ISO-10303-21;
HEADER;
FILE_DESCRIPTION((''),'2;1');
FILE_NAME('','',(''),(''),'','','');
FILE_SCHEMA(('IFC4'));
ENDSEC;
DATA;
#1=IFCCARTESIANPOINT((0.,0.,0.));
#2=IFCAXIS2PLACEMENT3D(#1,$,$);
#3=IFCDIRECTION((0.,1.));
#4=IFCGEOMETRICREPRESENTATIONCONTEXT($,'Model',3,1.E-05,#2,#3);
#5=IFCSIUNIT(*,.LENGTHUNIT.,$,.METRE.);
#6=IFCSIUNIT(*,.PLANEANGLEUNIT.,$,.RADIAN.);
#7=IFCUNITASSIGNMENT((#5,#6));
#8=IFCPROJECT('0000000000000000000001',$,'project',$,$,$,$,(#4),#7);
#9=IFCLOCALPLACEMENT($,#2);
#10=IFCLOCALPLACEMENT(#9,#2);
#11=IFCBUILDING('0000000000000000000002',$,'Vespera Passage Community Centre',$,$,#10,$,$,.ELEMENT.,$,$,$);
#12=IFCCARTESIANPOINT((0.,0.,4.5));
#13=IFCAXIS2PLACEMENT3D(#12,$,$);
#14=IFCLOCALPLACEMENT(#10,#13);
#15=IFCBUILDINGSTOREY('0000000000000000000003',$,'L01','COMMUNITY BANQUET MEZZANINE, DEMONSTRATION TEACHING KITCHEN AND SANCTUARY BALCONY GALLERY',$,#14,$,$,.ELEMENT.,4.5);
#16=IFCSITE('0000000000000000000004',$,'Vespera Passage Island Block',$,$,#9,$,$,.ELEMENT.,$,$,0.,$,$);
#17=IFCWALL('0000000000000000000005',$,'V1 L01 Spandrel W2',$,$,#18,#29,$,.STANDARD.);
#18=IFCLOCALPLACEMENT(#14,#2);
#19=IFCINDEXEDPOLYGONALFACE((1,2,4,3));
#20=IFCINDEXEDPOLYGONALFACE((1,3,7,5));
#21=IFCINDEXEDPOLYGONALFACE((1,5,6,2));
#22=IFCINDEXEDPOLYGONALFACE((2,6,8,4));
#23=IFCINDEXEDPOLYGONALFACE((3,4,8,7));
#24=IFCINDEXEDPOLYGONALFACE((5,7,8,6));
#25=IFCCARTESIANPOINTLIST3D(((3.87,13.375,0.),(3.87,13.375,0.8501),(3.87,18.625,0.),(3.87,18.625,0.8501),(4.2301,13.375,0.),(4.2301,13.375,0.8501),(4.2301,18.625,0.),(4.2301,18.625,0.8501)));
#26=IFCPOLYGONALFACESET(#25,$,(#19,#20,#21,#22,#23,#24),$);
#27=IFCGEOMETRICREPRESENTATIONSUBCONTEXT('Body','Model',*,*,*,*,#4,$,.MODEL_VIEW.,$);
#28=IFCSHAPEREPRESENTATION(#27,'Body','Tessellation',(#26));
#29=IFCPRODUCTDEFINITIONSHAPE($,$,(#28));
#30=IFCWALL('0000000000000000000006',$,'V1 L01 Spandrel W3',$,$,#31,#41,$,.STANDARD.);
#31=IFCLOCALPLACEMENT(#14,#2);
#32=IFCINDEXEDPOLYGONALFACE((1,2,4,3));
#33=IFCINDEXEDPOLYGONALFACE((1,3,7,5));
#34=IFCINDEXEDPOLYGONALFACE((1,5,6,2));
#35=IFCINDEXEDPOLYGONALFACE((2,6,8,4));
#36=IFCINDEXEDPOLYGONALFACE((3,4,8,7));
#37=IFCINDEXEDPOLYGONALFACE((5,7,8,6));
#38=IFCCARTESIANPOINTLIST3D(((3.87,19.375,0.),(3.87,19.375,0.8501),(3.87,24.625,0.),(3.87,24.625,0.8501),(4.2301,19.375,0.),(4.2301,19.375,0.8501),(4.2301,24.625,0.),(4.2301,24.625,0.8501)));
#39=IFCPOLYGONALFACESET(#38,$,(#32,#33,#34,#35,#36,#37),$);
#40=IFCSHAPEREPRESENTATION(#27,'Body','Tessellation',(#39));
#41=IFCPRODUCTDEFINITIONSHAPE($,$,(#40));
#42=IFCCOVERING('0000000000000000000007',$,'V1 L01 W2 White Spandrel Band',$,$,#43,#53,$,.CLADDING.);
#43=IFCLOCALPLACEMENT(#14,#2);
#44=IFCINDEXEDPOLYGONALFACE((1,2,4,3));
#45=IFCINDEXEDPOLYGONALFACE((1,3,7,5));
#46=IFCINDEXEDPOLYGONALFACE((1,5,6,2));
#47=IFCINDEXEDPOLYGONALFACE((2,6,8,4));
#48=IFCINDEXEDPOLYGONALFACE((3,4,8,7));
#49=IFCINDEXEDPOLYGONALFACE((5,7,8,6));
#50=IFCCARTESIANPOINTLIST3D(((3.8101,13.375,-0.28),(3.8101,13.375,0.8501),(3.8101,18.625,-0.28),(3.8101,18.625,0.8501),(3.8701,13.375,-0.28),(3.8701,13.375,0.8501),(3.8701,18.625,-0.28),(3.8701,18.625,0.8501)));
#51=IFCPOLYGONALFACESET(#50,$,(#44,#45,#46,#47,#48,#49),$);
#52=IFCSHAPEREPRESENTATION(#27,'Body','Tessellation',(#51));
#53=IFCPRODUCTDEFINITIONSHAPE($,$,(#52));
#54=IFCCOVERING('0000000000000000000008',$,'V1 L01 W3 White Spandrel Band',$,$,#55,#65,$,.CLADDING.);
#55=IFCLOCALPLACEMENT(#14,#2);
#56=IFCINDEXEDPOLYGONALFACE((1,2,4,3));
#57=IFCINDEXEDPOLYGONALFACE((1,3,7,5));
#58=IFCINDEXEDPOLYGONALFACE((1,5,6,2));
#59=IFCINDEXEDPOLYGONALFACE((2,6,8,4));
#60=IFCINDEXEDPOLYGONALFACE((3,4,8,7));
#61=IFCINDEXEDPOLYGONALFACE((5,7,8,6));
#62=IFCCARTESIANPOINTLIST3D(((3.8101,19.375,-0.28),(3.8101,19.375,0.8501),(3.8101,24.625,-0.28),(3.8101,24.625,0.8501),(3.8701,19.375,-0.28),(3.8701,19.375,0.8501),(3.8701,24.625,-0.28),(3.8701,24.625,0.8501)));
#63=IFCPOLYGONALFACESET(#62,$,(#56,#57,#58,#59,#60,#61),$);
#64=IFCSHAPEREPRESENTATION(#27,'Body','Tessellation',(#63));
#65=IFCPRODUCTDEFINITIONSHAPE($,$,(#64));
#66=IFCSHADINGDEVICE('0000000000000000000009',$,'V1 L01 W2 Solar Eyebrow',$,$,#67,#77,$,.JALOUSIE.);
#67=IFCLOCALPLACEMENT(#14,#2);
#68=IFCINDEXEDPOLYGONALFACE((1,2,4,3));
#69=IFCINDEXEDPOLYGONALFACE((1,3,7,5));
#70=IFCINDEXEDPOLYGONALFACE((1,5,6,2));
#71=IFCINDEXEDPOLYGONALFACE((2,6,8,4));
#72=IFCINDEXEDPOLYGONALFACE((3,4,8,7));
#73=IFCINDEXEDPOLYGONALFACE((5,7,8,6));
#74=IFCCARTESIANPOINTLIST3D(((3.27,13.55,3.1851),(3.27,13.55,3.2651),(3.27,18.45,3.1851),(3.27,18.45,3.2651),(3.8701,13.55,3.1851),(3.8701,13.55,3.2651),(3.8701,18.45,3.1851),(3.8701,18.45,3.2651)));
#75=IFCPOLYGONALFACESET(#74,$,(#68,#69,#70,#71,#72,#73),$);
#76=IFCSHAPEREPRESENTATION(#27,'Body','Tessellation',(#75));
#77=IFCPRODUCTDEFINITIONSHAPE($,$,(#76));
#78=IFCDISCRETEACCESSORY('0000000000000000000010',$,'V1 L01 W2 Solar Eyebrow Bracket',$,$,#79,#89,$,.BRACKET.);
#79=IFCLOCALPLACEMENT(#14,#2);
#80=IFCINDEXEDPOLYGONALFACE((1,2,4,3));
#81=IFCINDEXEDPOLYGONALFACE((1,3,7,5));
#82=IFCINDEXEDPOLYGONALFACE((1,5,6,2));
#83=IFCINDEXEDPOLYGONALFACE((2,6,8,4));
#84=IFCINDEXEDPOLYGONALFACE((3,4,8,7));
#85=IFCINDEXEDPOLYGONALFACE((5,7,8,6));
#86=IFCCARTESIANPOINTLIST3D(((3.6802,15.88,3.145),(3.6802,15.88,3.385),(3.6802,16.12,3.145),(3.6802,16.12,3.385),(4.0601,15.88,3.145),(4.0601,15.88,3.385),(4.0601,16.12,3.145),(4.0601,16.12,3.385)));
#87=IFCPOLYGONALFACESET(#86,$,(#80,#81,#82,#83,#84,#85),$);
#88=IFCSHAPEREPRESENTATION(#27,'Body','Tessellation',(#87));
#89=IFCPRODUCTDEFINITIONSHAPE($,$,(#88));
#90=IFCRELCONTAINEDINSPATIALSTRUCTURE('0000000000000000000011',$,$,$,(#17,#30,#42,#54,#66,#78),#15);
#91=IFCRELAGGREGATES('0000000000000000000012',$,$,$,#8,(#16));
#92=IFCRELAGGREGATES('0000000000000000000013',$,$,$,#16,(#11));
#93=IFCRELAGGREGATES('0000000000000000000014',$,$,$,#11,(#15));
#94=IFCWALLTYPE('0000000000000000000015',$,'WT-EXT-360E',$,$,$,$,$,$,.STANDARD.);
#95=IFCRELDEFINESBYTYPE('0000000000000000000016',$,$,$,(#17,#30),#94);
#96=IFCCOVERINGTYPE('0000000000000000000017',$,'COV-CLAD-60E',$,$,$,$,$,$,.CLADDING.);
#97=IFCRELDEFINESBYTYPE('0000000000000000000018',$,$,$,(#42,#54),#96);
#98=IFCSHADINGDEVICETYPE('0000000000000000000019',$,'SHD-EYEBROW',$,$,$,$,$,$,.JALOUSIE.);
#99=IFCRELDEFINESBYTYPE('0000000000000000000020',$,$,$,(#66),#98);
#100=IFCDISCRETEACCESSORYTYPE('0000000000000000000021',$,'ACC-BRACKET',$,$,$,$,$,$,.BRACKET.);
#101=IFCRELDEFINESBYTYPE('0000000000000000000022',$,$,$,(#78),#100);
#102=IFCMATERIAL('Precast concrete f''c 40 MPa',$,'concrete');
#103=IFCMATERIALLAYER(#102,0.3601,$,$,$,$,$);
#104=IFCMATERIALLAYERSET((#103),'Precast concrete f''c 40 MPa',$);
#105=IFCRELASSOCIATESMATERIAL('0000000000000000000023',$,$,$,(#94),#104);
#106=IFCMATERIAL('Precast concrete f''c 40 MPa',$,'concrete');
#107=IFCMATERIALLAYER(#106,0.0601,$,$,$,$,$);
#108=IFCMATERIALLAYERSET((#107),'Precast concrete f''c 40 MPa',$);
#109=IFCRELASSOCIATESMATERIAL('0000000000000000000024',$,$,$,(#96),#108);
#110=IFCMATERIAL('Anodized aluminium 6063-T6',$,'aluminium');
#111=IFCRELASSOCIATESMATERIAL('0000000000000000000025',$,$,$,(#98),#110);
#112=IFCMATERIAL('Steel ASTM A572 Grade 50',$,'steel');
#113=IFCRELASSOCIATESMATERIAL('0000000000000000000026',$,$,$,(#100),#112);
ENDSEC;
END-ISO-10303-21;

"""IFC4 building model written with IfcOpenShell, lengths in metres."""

from ifc_helpers import new_model, si_unit, direction, frame, frame_2d, origin, origin_2d, place, context, subcontext, project, spatial, rectangle, extrude, material, layer, layer_set, type_object, element, save


model = new_model("IFC4")

# Units and contexts
model_context = context("Model", 3, precision=1e-05, world=origin(), true_north=direction((0.0, 1.0)))
body_context = subcontext(model_context, "Body", "Model", "MODEL_VIEW")
ifc_project = project(units=[si_unit("LENGTHUNIT", "METRE"), si_unit("PLANEANGLEUNIT", "RADIAN")], contexts=[model_context])

# Site, building, storey
site_placement = place(None, origin())
site = spatial("IfcSite", under=ifc_project, at=site_placement, Name="Vespera Passage Island Block", CompositionType="ELEMENT", RefElevation=0.0)
building_placement = place(site_placement, origin())
building = spatial("IfcBuilding", under=site, at=building_placement, Name="Vespera Passage Community Centre", CompositionType="ELEMENT")
storey_placement = place(building_placement, frame((0.0, 0.0, 4.5)))
storey = spatial("IfcBuildingStorey", under=building, at=storey_placement, Name="L01", Description="COMMUNITY BANQUET MEZZANINE, DEMONSTRATION TEACHING KITCHEN AND SANCTUARY BALCONY GALLERY", CompositionType="ELEMENT", Elevation=4.5)

# Walls
ifc_material_1 = material(Name="Precast concrete f'c 40 MPa", Category="concrete")
ifc_layer_1 = layer(ifc_material_1, 0.3601)
ifc_layer_set_1 = layer_set([ifc_layer_1], Name="Precast concrete f'c 40 MPa")
wall_type = type_object("IfcWallType", Name="WT-EXT-360E", PredefinedType="STANDARD", material=ifc_layer_set_1)
for number, where, z_axis, x_axis, name in (
    (1, (4.05, 13.375, 0.0), (0.0, 0.0, 1.0), (0.0, 1.0, 0.0), "V1 L01 Spandrel W2"),
    (2, (4.05, 19.375, 0.0), (0.0, 0.0, 1.0), (0.0, 1.0, 0.0), "V1 L01 Spandrel W3"),
):
    element("IfcWall", number, at=place(storey_placement, frame(where, z_axis=z_axis, x_axis=x_axis)), inside=storey, type_object=wall_type, Name=name, PredefinedType="STANDARD", context=body_context, shape_type="SweptSolid", body=[
        extrude(rectangle(XDim=5.25, YDim=0.3601, at=frame_2d((2.625, 0.0))), origin(), (0.0, 0.0, 1.0), 0.8501),
    ])

# Coverings
ifc_material_2 = material(Name="Precast concrete f'c 40 MPa", Category="concrete")
ifc_layer_2 = layer(ifc_material_2, 0.0601)
ifc_layer_set_2 = layer_set([ifc_layer_2], Name="Precast concrete f'c 40 MPa")
covering_type = type_object("IfcCoveringType", Name="COV-CLAD-60E", PredefinedType="CLADDING", material=ifc_layer_set_2)
for number, where, z_axis, x_axis, name in (
    (3, (3.8401, 13.375, -0.28), (0.0, 0.0, 1.0), (0.0, 1.0, 0.0), "V1 L01 W2 White Spandrel Band"),
    (4, (3.8401, 19.375, -0.28), (0.0, 0.0, 1.0), (0.0, 1.0, 0.0), "V1 L01 W3 White Spandrel Band"),
):
    element("IfcCovering", number, at=place(storey_placement, frame(where, z_axis=z_axis, x_axis=x_axis)), inside=storey, type_object=covering_type, Name=name, PredefinedType="CLADDING", context=body_context, shape_type="SweptSolid", body=[
        extrude(rectangle(XDim=5.25, YDim=0.0601, at=frame_2d((2.625, 0.0))), origin(), (0.0, 0.0, 1.0), 1.1301),
    ])

# Shading device
ifc_material_3 = material(Name="Anodized aluminium 6063-T6", Category="aluminium")
shading_device_type = type_object("IfcShadingDeviceType", Name="SHD-EYEBROW", PredefinedType="JALOUSIE", material=ifc_material_3)
shading_device_placement = place(storey_placement, frame((3.5701, 16.0, 3.1851), z_axis=(0.0, 0.0, 1.0), x_axis=(0.0, 1.0, 0.0)))
element("IfcShadingDevice", 5, at=shading_device_placement, inside=storey, type_object=shading_device_type, Name="V1 L01 W2 Solar Eyebrow", PredefinedType="JALOUSIE", context=body_context, shape_type="SweptSolid", body=[
    extrude(rectangle(XDim=4.8999, YDim=0.6001, at=origin_2d()), origin(), (0.0, 0.0, 1.0), 0.0801),
])

# Discrete accessory
ifc_material_4 = material(Name="Steel ASTM A572 Grade 50", Category="steel")
discrete_accessory_type = type_object("IfcDiscreteAccessoryType", Name="ACC-BRACKET", PredefinedType="BRACKET", material=ifc_material_4)
discrete_accessory_placement = place(storey_placement, frame((3.8701, 16.0, 3.145), z_axis=(0.0, 0.0, 1.0), x_axis=(0.0, 1.0, 0.0)))
element("IfcDiscreteAccessory", 6, at=discrete_accessory_placement, inside=storey, type_object=discrete_accessory_type, Name="V1 L01 W2 Solar Eyebrow Bracket", PredefinedType="BRACKET", context=body_context, shape_type="SweptSolid", body=[
    extrude(rectangle(XDim=0.24, YDim=0.3799, at=origin_2d()), origin(), (0.0, 0.0, 1.0), 0.24),
])

save(model, "model.ifc")
